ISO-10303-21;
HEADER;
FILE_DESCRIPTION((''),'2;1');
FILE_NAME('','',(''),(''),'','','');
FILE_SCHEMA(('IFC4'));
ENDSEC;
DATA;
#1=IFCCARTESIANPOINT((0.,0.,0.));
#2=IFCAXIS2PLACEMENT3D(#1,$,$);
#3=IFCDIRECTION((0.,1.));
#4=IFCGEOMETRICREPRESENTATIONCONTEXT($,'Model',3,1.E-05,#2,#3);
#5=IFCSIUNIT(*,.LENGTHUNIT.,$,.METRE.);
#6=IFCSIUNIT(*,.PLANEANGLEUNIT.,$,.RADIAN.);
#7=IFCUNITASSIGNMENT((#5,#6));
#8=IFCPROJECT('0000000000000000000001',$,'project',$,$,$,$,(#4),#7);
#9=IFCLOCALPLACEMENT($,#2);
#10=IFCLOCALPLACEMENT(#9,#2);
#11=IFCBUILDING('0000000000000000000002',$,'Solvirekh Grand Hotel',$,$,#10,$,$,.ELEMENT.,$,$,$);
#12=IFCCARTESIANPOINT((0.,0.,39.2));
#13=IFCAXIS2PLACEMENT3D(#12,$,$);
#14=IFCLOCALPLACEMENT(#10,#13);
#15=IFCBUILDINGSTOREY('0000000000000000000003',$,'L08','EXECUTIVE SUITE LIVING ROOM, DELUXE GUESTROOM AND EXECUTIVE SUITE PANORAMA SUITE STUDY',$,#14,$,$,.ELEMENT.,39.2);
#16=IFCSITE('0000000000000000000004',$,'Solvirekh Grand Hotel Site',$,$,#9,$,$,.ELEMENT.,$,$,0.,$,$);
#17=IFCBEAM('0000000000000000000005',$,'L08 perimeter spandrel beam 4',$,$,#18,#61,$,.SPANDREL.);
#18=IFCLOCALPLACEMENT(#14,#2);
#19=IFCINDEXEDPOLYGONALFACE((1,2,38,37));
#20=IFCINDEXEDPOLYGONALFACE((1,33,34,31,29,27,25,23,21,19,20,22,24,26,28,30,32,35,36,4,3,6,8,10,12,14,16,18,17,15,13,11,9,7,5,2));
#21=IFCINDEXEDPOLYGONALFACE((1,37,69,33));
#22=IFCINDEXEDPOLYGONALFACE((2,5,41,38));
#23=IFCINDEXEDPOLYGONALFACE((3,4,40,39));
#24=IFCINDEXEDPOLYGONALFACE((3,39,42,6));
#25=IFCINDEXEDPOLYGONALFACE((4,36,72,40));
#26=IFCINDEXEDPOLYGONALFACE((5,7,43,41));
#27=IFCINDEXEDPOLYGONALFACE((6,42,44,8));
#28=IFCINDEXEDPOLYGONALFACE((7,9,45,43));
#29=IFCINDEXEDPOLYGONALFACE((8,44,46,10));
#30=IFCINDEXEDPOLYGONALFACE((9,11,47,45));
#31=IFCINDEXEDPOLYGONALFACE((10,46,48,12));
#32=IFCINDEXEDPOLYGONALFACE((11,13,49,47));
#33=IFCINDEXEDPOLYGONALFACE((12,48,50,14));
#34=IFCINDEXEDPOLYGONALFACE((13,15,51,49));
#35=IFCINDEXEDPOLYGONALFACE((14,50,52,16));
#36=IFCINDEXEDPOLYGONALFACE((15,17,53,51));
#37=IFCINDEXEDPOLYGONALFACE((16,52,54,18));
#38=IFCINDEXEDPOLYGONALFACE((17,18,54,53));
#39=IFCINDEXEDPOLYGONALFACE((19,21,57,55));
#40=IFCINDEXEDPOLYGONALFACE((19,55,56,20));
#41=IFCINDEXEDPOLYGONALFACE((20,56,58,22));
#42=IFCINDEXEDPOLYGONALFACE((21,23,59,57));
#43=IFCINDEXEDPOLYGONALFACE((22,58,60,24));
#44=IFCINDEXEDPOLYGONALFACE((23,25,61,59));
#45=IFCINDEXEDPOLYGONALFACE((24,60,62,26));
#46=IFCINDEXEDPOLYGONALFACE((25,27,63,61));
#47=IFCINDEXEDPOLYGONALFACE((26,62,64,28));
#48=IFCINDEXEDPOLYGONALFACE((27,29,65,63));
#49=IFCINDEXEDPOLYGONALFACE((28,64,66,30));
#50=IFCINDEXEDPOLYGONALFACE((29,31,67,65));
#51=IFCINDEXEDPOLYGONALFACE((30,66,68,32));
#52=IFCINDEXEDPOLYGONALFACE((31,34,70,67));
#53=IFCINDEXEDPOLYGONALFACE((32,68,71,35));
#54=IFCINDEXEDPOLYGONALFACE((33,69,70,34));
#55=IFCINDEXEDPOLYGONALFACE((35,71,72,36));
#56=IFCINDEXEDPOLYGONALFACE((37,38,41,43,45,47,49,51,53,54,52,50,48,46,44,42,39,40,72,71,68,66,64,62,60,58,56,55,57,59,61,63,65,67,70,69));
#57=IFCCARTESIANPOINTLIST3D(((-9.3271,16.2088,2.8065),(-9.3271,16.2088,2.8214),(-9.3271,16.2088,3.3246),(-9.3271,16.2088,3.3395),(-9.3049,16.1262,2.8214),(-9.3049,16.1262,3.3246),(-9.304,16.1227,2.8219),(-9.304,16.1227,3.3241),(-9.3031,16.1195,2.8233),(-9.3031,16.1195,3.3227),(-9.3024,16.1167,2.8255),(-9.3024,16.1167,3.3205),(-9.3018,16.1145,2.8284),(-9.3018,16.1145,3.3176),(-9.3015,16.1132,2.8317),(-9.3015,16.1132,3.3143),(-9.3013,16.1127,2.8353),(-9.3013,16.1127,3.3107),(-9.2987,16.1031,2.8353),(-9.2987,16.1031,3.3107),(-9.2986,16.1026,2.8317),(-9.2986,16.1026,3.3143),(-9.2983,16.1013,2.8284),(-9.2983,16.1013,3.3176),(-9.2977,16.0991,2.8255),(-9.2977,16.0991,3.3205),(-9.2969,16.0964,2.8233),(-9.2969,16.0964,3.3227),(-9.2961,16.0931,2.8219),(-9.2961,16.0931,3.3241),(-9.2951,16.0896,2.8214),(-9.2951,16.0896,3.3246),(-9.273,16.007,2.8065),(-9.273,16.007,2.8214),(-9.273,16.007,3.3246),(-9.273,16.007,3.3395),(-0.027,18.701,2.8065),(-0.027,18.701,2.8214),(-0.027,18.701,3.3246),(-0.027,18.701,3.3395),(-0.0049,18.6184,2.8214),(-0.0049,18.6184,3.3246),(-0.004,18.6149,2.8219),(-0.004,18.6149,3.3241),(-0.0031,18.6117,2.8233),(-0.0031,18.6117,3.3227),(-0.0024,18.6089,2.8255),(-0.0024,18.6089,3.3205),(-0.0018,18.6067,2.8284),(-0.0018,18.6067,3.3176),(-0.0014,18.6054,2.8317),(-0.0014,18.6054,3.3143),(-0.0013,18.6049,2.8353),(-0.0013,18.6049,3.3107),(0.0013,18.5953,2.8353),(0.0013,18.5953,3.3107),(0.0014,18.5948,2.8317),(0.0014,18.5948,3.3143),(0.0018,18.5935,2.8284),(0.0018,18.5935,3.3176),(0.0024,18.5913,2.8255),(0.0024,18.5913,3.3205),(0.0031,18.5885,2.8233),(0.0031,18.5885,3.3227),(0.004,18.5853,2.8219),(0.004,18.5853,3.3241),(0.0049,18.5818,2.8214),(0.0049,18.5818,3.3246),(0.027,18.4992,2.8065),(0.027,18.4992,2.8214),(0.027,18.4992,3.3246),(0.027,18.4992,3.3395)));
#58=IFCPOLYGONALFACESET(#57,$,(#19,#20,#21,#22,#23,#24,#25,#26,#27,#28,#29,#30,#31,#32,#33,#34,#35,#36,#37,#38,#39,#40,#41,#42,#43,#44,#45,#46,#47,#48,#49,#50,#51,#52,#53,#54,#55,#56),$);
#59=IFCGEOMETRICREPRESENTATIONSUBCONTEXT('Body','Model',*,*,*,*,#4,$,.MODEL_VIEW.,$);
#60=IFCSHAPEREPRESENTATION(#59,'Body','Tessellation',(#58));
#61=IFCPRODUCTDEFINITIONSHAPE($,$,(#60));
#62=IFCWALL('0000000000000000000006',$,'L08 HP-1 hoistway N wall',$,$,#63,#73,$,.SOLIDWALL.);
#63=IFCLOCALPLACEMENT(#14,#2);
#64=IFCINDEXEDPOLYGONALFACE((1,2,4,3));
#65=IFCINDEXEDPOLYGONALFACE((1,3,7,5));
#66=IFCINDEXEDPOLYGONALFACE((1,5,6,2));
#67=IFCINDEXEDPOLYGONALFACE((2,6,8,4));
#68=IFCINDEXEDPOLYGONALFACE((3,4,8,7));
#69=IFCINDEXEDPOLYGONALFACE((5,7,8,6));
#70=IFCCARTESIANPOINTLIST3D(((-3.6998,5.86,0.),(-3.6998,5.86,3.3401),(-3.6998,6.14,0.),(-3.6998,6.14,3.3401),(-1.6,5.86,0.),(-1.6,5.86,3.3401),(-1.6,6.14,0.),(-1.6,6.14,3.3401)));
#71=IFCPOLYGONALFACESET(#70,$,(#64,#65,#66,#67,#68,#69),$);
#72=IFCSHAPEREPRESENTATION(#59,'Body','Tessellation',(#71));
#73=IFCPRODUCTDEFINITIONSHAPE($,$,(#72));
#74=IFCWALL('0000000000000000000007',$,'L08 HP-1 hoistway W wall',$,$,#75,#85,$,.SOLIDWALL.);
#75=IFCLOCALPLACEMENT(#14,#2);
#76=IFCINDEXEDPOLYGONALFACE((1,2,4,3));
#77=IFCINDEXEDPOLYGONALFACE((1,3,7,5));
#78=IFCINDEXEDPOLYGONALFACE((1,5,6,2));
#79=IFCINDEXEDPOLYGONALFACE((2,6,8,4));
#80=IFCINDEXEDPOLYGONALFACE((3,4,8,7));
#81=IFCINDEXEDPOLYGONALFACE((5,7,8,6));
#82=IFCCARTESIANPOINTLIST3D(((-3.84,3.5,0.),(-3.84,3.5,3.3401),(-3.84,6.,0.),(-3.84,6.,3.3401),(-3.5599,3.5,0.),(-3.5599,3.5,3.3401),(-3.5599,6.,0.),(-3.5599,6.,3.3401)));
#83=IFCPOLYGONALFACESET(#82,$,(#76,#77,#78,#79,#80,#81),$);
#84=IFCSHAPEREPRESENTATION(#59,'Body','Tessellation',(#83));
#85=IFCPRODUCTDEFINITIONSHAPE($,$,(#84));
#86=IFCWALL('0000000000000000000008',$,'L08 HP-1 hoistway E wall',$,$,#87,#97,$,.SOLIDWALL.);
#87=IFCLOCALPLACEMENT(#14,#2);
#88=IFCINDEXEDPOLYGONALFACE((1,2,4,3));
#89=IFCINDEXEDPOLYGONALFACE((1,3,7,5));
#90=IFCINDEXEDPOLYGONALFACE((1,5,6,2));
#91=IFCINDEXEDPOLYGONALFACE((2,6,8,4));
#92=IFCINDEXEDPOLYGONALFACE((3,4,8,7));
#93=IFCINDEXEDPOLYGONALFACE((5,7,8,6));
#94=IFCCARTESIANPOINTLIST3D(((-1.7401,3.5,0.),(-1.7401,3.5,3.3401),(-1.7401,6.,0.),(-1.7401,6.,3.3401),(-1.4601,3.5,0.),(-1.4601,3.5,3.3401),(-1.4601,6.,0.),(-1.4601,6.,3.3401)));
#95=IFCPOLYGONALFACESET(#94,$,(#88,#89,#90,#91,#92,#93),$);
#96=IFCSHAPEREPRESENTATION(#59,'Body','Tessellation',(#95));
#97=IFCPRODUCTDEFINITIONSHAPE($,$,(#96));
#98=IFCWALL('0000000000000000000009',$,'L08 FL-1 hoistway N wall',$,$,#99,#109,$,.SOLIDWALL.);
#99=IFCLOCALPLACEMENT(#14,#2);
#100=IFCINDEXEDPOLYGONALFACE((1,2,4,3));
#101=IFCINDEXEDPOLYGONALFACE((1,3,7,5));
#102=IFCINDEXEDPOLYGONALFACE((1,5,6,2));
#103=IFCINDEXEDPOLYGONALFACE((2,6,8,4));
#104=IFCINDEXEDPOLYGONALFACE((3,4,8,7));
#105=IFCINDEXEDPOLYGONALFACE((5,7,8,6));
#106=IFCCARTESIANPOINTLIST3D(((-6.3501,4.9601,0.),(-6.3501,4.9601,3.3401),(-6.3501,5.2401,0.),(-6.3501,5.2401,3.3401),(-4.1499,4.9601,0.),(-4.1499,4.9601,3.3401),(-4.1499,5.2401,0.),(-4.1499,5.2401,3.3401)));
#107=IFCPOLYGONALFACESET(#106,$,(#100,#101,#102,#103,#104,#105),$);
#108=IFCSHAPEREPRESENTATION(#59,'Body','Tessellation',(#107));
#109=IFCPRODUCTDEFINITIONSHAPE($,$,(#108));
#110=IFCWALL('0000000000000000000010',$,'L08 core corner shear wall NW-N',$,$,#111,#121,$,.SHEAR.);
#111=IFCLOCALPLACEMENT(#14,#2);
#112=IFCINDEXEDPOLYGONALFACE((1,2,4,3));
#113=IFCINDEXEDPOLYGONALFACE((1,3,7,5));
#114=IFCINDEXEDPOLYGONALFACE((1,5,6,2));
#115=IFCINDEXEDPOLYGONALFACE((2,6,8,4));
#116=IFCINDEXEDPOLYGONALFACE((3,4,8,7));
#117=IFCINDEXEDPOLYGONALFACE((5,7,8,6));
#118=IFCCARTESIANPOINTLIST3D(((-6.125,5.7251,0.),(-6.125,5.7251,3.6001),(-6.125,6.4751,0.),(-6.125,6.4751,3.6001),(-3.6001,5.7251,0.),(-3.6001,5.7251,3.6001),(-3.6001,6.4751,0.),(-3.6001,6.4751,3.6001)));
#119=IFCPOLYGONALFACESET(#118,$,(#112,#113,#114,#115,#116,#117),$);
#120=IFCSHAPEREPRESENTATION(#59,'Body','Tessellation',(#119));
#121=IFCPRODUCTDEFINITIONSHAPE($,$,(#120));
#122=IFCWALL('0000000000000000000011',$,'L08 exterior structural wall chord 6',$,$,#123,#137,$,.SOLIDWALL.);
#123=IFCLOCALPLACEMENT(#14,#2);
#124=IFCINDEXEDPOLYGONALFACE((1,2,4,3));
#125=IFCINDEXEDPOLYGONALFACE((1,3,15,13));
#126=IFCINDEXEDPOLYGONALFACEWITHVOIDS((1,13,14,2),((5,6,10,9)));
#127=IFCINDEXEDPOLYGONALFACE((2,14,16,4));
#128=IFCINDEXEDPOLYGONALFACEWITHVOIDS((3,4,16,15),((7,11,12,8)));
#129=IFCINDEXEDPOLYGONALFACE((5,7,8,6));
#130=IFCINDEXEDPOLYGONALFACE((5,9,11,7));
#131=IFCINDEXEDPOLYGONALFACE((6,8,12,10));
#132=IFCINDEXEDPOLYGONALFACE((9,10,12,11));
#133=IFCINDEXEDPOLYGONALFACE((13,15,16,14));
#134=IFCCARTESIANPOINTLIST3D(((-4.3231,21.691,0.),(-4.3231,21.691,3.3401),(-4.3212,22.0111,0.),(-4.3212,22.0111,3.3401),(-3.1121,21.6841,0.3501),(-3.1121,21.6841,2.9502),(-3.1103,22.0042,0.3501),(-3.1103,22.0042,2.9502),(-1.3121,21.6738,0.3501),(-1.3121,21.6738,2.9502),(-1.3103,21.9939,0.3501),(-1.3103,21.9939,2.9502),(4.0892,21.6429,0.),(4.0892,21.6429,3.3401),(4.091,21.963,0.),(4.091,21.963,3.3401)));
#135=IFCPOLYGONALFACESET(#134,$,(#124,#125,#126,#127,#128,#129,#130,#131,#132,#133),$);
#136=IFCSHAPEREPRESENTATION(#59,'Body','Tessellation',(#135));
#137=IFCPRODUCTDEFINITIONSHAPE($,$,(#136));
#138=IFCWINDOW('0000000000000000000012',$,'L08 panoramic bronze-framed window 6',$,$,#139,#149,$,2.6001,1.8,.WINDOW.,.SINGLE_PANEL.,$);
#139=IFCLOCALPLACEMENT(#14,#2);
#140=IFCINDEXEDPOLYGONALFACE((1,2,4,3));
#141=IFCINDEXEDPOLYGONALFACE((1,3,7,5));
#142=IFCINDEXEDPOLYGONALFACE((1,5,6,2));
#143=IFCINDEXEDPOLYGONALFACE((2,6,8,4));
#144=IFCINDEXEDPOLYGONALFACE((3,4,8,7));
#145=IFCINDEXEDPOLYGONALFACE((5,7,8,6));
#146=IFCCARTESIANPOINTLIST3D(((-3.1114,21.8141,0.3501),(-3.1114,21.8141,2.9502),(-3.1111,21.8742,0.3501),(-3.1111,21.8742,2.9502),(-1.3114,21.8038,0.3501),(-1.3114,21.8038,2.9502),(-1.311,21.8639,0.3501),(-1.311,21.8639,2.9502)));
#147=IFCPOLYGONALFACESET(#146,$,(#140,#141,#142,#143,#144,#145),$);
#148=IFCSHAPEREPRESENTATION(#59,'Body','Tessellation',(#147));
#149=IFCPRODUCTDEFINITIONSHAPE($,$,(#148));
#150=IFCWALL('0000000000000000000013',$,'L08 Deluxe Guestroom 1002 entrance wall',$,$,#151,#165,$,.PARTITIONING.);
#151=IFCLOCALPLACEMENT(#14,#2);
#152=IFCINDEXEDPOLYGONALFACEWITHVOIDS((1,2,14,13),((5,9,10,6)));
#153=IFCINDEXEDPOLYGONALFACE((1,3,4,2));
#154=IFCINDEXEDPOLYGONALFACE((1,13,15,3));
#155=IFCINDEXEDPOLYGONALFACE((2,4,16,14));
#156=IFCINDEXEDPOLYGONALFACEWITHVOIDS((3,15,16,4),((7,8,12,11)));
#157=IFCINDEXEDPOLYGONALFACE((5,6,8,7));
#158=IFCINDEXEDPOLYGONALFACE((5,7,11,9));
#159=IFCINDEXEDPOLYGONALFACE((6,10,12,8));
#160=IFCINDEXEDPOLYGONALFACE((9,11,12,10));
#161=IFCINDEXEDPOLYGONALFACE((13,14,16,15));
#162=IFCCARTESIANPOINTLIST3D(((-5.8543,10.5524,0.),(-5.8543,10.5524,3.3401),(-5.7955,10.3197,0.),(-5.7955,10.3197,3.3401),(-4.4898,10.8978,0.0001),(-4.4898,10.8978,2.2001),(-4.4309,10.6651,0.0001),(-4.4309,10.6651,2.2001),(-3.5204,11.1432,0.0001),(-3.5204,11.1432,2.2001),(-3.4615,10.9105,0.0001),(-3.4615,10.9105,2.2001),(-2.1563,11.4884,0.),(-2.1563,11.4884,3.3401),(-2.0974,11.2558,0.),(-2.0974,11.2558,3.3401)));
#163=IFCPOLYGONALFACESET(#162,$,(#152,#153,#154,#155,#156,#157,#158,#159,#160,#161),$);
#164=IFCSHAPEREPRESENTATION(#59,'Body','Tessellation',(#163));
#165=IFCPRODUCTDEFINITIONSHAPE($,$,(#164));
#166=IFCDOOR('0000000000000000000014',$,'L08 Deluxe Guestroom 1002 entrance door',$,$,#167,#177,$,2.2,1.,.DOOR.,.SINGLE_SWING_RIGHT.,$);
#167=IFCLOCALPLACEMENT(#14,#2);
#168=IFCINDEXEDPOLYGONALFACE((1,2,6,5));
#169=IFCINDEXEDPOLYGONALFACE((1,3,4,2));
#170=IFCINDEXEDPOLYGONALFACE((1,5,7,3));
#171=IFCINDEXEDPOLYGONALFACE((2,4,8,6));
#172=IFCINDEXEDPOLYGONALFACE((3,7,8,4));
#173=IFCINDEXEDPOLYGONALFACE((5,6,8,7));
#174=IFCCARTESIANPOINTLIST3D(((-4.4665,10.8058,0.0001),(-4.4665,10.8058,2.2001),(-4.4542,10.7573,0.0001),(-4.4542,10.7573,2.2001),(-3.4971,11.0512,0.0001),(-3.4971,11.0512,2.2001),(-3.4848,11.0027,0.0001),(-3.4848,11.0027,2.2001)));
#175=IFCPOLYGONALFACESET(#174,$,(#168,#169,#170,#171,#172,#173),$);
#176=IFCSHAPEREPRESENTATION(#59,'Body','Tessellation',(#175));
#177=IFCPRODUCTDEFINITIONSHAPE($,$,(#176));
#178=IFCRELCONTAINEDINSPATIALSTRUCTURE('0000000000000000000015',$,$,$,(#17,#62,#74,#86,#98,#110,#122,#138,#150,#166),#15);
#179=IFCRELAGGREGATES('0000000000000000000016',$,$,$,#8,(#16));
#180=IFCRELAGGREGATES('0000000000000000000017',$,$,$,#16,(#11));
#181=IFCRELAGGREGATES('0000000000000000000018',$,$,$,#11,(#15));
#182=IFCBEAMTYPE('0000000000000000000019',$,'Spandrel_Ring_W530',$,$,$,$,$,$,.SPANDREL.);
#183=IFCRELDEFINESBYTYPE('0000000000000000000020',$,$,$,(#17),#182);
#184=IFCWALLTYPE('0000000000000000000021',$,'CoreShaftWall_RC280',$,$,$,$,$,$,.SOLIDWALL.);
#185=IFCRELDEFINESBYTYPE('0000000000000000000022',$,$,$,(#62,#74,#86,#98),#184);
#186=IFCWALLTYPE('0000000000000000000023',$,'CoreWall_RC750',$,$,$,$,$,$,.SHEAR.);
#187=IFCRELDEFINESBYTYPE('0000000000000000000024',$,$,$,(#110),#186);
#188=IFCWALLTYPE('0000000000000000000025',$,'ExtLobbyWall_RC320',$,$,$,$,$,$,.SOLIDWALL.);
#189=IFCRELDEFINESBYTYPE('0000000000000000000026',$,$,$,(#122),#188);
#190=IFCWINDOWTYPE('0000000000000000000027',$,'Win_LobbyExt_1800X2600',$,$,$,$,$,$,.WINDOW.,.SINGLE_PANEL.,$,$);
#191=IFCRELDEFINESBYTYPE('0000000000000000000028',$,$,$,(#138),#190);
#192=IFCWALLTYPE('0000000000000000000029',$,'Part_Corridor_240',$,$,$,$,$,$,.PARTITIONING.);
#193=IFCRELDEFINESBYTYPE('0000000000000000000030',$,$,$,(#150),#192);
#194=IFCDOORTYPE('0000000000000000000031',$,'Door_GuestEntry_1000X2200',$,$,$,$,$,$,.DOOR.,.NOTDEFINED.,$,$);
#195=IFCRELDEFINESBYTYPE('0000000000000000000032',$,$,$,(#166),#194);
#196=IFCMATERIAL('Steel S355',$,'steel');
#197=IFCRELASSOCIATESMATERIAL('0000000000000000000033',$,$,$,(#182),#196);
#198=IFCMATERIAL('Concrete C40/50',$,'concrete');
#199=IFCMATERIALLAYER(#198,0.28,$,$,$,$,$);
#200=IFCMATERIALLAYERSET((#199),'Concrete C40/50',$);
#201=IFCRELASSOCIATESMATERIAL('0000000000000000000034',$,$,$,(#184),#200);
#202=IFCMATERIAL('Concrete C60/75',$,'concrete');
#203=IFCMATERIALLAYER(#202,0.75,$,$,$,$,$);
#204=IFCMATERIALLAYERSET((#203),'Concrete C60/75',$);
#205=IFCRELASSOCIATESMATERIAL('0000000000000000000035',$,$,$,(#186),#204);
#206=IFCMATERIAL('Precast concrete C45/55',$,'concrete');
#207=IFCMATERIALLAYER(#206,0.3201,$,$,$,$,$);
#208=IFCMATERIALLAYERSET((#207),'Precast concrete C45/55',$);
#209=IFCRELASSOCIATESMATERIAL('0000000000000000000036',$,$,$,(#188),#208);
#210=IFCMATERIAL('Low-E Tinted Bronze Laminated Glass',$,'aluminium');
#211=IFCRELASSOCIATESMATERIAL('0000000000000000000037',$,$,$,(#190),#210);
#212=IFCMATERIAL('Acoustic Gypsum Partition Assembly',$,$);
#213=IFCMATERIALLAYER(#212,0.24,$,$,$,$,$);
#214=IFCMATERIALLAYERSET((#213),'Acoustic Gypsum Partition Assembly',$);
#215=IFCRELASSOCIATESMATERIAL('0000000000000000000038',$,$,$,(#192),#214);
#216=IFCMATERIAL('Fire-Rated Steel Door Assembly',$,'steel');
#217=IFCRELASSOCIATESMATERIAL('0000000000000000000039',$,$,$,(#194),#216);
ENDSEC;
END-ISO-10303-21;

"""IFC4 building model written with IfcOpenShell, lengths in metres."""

from ifc_helpers import new_model, si_unit, direction, frame, frame_2d, origin, origin_2d, place, context, subcontext, project, spatial, rectangle, i_section, extrude, material, layer, layer_set, material_profile, profile_set, type_object, element, fill, save


model = new_model("IFC4")

# Units and contexts
model_context = context("Model", 3, precision=1e-05, world=origin(), true_north=direction((0.0, 1.0)))
body_context = subcontext(model_context, "Body", "Model", "MODEL_VIEW")
ifc_project = project(units=[si_unit("LENGTHUNIT", "METRE"), si_unit("PLANEANGLEUNIT", "RADIAN")], contexts=[model_context])

# Site, building, storey
site_placement = place(None, origin())
site = spatial("IfcSite", under=ifc_project, at=site_placement, Name="Solvirekh Grand Hotel Site", CompositionType="ELEMENT", RefElevation=0.0)
building_placement = place(site_placement, origin())
building = spatial("IfcBuilding", under=site, at=building_placement, Name="Solvirekh Grand Hotel", CompositionType="ELEMENT")
storey_placement = place(building_placement, frame((0.0, 0.0, 39.2)))
storey = spatial("IfcBuildingStorey", under=building, at=storey_placement, Name="L08", Description="EXECUTIVE SUITE LIVING ROOM, DELUXE GUESTROOM AND EXECUTIVE SUITE PANORAMA SUITE STUDY", CompositionType="ELEMENT", Elevation=39.2)

# Shared definitions
ifc_material_1 = material(Name="Concrete C60/75", Category="concrete")

# Beam
ifc_material_2 = material(Name="Steel S355", Category="steel")
ifc_material_profile_1 = material_profile(ifc_material_2, i_section(OverallWidth=0.209, OverallDepth=0.533, WebThickness=0.01, FlangeThickness=0.0149, FilletRadius=0.0139, at=origin_2d()), Name="W530X92")
ifc_profile_set_1 = profile_set([ifc_material_profile_1], Name="Steel S355")
beam_type_1 = type_object("IfcBeamType", Name="Spandrel_Ring_W530", PredefinedType="SPANDREL", material=ifc_profile_set_1)
beam_1_placement = place(storey_placement, frame((0.0, 18.6001, 3.073), z_axis=(-0.965919, -0.258843, 0.0), x_axis=(0.258843, -0.965919, 0.0)))
element("IfcBeam", 1, at=beam_1_placement, inside=storey, type_object=beam_type_1, Name="L08 perimeter spandrel beam 4", PredefinedType="SPANDREL", context=body_context, shape_type="SweptSolid", body=[
    extrude(i_section(OverallWidth=0.209, OverallDepth=0.533, WebThickness=0.01, FlangeThickness=0.0149, FilletRadius=0.0139, at=origin_2d()), origin(), (0.0, 0.0, 1.0), 9.6282),
])

# Walls
ifc_material_3 = material(Name="Concrete C40/50", Category="concrete")
ifc_layer_1 = layer(ifc_material_3, 0.28)
ifc_layer_set_1 = layer_set([ifc_layer_1], Name="Concrete C40/50")
wall_type_1 = type_object("IfcWallType", Name="CoreShaftWall_RC280", PredefinedType="SOLIDWALL", material=ifc_layer_set_1)
wall_1_placement = place(storey_placement, frame((-1.6001, 6.0, 0.0), z_axis=(0.0, 0.0, 1.0), x_axis=(-1.0, 0.0, 0.0)))
element("IfcWall", 2, at=wall_1_placement, inside=storey, type_object=wall_type_1, Name="L08 HP-1 hoistway N wall", PredefinedType="SOLIDWALL", context=body_context, shape_type="SweptSolid", body=[
    extrude(rectangle(XDim=2.0999, YDim=0.28, at=frame_2d((1.0498, 0.0))), origin(), (0.0, 0.0, 1.0), 3.3401),
])
for number, where, z_axis, x_axis, name in (
    (3, (-3.7, 6.0, 0.0), (0.0, 0.0, 1.0), (0.0, -1.0, 0.0), "L08 HP-1 hoistway W wall"),
    (4, (-1.6001, 3.5, 0.0), (0.0, 0.0, 1.0), (0.0, 1.0, 0.0), "L08 HP-1 hoistway E wall"),
):
    element("IfcWall", number, at=place(storey_placement, frame(where, z_axis=z_axis, x_axis=x_axis)), inside=storey, type_object=wall_type_1, Name=name, PredefinedType="SOLIDWALL", context=body_context, shape_type="SweptSolid", body=[
        extrude(rectangle(XDim=2.5, YDim=0.28, at=frame_2d((1.25, 0.0))), origin(), (0.0, 0.0, 1.0), 3.3401),
    ])
wall_2_placement = place(storey_placement, frame((-4.1499, 5.1001, 0.0), z_axis=(0.0, 0.0, 1.0), x_axis=(-1.0, 0.0, 0.0)))
element("IfcWall", 5, at=wall_2_placement, inside=storey, type_object=wall_type_1, Name="L08 FL-1 hoistway N wall", PredefinedType="SOLIDWALL", context=body_context, shape_type="SweptSolid", body=[
    extrude(rectangle(XDim=2.2002, YDim=0.28, at=frame_2d((1.1001, 0.0))), origin(), (0.0, 0.0, 1.0), 3.3401),
])
ifc_layer_2 = layer(ifc_material_1, 0.75)
ifc_layer_set_2 = layer_set([ifc_layer_2], Name="Concrete C60/75")
wall_type_2 = type_object("IfcWallType", Name="CoreWall_RC750", PredefinedType="SHEAR", material=ifc_layer_set_2)
wall_3_placement = place(storey_placement, frame((-6.125, 6.1001, 0.0), z_axis=(0.0, 0.0, 1.0), x_axis=(1.0, 0.0, 0.0)))
element("IfcWall", 6, at=wall_3_placement, inside=storey, type_object=wall_type_2, Name="L08 core corner shear wall NW-N", PredefinedType="SHEAR", context=body_context, shape_type="SweptSolid", body=[
    extrude(rectangle(XDim=2.5249, YDim=0.75, at=frame_2d((1.2625, 0.0))), origin(), (0.0, 0.0, 1.0), 3.6001),
])

# Wall, opening, window
ifc_material_4 = material(Name="Precast concrete C45/55", Category="concrete")
ifc_layer_3 = layer(ifc_material_4, 0.3201)
ifc_layer_set_3 = layer_set([ifc_layer_3], Name="Precast concrete C45/55")
wall_type_3 = type_object("IfcWallType", Name="ExtLobbyWall_RC320", PredefinedType="SOLIDWALL", material=ifc_layer_set_3)
wall_4_placement = place(storey_placement, frame((-4.322, 21.8511, 0.0), z_axis=(0.0, 0.0, 1.0), x_axis=(0.999984, -0.005717, 0.0)))
wall_4 = element("IfcWall", 7, at=wall_4_placement, inside=storey, type_object=wall_type_3, Name="L08 exterior structural wall chord 6", PredefinedType="SOLIDWALL", context=body_context, shape_type="SweptSolid", body=[
    extrude(rectangle(XDim=8.4124, YDim=0.3201, at=frame_2d((4.2061, 0.0))), origin(), (0.0, 0.0, 1.0), 3.3401),
])
opening_1_placement = place(wall_4_placement, frame((1.2109, 0.0, 0.3501)))
opening_1 = element("IfcOpeningElement", 8, at=opening_1_placement, cuts=wall_4, PredefinedType="OPENING", context=body_context, shape_type="SweptSolid", body=[
    extrude(rectangle(XDim=1.8, YDim=2.6001, at=frame_2d((0.8999, 1.3))), frame((0.0, 0.1699, 0.0), z_axis=(0.0, -1.0, 0.0), x_axis=(1.0, 0.0, 0.0)), (0.0, 0.0, 1.0), 0.3401),
])
ifc_material_5 = material(Name="Low-E Tinted Bronze Laminated Glass", Category="aluminium")
window_type = type_object("IfcWindowType", Name="Win_LobbyExt_1800X2600", PartitioningType="SINGLE_PANEL", PredefinedType="WINDOW", material=ifc_material_5)
window_placement = place(opening_1_placement, origin())
window = element("IfcWindow", 9, at=window_placement, inside=storey, type_object=window_type, Name="L08 panoramic bronze-framed window 6", OverallHeight=2.6001, OverallWidth=1.8, PartitioningType="SINGLE_PANEL", PredefinedType="WINDOW", context=body_context, shape_type="SweptSolid", body=[
    extrude(rectangle(XDim=1.8, YDim=2.6001, at=frame_2d((0.8999, 1.3))), frame((0.0, 0.03, 0.0), z_axis=(0.0, -1.0, 0.0), x_axis=(1.0, 0.0, 0.0)), (0.0, 0.0, 1.0), 0.0601),
])
fill(opening_1, window)

# Wall, opening, door
ifc_material_6 = material(Name="Acoustic Gypsum Partition Assembly")
ifc_layer_4 = layer(ifc_material_6, 0.24)
ifc_layer_set_4 = layer_set([ifc_layer_4], Name="Acoustic Gypsum Partition Assembly")
wall_type_4 = type_object("IfcWallType", Name="Part_Corridor_240", PredefinedType="PARTITIONING", material=ifc_layer_set_4)
wall_5_placement = place(storey_placement, frame((-2.127, 11.3721, 0.0), z_axis=(0.0, 0.0, 1.0), x_axis=(-0.969427, -0.245381, 0.0)))
wall_5 = element("IfcWall", 10, at=wall_5_placement, inside=storey, type_object=wall_type_4, Name="L08 Deluxe Guestroom 1002 entrance wall", PredefinedType="PARTITIONING", context=body_context, shape_type="SweptSolid", body=[
    extrude(rectangle(XDim=3.8147, YDim=0.24, at=frame_2d((1.9072, 0.0))), origin(), (0.0, 0.0, 1.0), 3.3401),
])
opening_2_placement = place(wall_5_placement, frame((1.407, 0.0, 0.0)))
opening_2 = element("IfcOpeningElement", 11, at=opening_2_placement, cuts=wall_5, PredefinedType="OPENING", context=body_context, shape_type="SweptSolid", body=[
    extrude(rectangle(XDim=1.0, YDim=2.2, at=frame_2d((0.5, 1.1001))), frame((0.0, 0.1299, 0.0), z_axis=(0.0, -1.0, 0.0), x_axis=(1.0, 0.0, 0.0)), (0.0, 0.0, 1.0), 0.26),
])
ifc_material_7 = material(Name="Fire-Rated Steel Door Assembly", Category="steel")
door_type_1 = type_object("IfcDoorType", Name="Door_GuestEntry_1000X2200", OperationType="NOTDEFINED", PredefinedType="DOOR", material=ifc_material_7)
door_1_placement = place(opening_2_placement, origin())
door_1 = element("IfcDoor", 12, at=door_1_placement, inside=storey, type_object=door_type_1, Name="L08 Deluxe Guestroom 1002 entrance door", OperationType="SINGLE_SWING_RIGHT", OverallHeight=2.2, OverallWidth=1.0, PredefinedType="DOOR", context=body_context, shape_type="SweptSolid", body=[
    extrude(rectangle(XDim=1.0, YDim=2.2, at=frame_2d((0.5, 1.1001))), frame((0.0, 0.0249, 0.0), z_axis=(0.0, -1.0, 0.0), x_axis=(1.0, 0.0, 0.0)), (0.0, 0.0, 1.0), 0.05),
])
fill(opening_2, door_1)

save(model, "model.ifc")
